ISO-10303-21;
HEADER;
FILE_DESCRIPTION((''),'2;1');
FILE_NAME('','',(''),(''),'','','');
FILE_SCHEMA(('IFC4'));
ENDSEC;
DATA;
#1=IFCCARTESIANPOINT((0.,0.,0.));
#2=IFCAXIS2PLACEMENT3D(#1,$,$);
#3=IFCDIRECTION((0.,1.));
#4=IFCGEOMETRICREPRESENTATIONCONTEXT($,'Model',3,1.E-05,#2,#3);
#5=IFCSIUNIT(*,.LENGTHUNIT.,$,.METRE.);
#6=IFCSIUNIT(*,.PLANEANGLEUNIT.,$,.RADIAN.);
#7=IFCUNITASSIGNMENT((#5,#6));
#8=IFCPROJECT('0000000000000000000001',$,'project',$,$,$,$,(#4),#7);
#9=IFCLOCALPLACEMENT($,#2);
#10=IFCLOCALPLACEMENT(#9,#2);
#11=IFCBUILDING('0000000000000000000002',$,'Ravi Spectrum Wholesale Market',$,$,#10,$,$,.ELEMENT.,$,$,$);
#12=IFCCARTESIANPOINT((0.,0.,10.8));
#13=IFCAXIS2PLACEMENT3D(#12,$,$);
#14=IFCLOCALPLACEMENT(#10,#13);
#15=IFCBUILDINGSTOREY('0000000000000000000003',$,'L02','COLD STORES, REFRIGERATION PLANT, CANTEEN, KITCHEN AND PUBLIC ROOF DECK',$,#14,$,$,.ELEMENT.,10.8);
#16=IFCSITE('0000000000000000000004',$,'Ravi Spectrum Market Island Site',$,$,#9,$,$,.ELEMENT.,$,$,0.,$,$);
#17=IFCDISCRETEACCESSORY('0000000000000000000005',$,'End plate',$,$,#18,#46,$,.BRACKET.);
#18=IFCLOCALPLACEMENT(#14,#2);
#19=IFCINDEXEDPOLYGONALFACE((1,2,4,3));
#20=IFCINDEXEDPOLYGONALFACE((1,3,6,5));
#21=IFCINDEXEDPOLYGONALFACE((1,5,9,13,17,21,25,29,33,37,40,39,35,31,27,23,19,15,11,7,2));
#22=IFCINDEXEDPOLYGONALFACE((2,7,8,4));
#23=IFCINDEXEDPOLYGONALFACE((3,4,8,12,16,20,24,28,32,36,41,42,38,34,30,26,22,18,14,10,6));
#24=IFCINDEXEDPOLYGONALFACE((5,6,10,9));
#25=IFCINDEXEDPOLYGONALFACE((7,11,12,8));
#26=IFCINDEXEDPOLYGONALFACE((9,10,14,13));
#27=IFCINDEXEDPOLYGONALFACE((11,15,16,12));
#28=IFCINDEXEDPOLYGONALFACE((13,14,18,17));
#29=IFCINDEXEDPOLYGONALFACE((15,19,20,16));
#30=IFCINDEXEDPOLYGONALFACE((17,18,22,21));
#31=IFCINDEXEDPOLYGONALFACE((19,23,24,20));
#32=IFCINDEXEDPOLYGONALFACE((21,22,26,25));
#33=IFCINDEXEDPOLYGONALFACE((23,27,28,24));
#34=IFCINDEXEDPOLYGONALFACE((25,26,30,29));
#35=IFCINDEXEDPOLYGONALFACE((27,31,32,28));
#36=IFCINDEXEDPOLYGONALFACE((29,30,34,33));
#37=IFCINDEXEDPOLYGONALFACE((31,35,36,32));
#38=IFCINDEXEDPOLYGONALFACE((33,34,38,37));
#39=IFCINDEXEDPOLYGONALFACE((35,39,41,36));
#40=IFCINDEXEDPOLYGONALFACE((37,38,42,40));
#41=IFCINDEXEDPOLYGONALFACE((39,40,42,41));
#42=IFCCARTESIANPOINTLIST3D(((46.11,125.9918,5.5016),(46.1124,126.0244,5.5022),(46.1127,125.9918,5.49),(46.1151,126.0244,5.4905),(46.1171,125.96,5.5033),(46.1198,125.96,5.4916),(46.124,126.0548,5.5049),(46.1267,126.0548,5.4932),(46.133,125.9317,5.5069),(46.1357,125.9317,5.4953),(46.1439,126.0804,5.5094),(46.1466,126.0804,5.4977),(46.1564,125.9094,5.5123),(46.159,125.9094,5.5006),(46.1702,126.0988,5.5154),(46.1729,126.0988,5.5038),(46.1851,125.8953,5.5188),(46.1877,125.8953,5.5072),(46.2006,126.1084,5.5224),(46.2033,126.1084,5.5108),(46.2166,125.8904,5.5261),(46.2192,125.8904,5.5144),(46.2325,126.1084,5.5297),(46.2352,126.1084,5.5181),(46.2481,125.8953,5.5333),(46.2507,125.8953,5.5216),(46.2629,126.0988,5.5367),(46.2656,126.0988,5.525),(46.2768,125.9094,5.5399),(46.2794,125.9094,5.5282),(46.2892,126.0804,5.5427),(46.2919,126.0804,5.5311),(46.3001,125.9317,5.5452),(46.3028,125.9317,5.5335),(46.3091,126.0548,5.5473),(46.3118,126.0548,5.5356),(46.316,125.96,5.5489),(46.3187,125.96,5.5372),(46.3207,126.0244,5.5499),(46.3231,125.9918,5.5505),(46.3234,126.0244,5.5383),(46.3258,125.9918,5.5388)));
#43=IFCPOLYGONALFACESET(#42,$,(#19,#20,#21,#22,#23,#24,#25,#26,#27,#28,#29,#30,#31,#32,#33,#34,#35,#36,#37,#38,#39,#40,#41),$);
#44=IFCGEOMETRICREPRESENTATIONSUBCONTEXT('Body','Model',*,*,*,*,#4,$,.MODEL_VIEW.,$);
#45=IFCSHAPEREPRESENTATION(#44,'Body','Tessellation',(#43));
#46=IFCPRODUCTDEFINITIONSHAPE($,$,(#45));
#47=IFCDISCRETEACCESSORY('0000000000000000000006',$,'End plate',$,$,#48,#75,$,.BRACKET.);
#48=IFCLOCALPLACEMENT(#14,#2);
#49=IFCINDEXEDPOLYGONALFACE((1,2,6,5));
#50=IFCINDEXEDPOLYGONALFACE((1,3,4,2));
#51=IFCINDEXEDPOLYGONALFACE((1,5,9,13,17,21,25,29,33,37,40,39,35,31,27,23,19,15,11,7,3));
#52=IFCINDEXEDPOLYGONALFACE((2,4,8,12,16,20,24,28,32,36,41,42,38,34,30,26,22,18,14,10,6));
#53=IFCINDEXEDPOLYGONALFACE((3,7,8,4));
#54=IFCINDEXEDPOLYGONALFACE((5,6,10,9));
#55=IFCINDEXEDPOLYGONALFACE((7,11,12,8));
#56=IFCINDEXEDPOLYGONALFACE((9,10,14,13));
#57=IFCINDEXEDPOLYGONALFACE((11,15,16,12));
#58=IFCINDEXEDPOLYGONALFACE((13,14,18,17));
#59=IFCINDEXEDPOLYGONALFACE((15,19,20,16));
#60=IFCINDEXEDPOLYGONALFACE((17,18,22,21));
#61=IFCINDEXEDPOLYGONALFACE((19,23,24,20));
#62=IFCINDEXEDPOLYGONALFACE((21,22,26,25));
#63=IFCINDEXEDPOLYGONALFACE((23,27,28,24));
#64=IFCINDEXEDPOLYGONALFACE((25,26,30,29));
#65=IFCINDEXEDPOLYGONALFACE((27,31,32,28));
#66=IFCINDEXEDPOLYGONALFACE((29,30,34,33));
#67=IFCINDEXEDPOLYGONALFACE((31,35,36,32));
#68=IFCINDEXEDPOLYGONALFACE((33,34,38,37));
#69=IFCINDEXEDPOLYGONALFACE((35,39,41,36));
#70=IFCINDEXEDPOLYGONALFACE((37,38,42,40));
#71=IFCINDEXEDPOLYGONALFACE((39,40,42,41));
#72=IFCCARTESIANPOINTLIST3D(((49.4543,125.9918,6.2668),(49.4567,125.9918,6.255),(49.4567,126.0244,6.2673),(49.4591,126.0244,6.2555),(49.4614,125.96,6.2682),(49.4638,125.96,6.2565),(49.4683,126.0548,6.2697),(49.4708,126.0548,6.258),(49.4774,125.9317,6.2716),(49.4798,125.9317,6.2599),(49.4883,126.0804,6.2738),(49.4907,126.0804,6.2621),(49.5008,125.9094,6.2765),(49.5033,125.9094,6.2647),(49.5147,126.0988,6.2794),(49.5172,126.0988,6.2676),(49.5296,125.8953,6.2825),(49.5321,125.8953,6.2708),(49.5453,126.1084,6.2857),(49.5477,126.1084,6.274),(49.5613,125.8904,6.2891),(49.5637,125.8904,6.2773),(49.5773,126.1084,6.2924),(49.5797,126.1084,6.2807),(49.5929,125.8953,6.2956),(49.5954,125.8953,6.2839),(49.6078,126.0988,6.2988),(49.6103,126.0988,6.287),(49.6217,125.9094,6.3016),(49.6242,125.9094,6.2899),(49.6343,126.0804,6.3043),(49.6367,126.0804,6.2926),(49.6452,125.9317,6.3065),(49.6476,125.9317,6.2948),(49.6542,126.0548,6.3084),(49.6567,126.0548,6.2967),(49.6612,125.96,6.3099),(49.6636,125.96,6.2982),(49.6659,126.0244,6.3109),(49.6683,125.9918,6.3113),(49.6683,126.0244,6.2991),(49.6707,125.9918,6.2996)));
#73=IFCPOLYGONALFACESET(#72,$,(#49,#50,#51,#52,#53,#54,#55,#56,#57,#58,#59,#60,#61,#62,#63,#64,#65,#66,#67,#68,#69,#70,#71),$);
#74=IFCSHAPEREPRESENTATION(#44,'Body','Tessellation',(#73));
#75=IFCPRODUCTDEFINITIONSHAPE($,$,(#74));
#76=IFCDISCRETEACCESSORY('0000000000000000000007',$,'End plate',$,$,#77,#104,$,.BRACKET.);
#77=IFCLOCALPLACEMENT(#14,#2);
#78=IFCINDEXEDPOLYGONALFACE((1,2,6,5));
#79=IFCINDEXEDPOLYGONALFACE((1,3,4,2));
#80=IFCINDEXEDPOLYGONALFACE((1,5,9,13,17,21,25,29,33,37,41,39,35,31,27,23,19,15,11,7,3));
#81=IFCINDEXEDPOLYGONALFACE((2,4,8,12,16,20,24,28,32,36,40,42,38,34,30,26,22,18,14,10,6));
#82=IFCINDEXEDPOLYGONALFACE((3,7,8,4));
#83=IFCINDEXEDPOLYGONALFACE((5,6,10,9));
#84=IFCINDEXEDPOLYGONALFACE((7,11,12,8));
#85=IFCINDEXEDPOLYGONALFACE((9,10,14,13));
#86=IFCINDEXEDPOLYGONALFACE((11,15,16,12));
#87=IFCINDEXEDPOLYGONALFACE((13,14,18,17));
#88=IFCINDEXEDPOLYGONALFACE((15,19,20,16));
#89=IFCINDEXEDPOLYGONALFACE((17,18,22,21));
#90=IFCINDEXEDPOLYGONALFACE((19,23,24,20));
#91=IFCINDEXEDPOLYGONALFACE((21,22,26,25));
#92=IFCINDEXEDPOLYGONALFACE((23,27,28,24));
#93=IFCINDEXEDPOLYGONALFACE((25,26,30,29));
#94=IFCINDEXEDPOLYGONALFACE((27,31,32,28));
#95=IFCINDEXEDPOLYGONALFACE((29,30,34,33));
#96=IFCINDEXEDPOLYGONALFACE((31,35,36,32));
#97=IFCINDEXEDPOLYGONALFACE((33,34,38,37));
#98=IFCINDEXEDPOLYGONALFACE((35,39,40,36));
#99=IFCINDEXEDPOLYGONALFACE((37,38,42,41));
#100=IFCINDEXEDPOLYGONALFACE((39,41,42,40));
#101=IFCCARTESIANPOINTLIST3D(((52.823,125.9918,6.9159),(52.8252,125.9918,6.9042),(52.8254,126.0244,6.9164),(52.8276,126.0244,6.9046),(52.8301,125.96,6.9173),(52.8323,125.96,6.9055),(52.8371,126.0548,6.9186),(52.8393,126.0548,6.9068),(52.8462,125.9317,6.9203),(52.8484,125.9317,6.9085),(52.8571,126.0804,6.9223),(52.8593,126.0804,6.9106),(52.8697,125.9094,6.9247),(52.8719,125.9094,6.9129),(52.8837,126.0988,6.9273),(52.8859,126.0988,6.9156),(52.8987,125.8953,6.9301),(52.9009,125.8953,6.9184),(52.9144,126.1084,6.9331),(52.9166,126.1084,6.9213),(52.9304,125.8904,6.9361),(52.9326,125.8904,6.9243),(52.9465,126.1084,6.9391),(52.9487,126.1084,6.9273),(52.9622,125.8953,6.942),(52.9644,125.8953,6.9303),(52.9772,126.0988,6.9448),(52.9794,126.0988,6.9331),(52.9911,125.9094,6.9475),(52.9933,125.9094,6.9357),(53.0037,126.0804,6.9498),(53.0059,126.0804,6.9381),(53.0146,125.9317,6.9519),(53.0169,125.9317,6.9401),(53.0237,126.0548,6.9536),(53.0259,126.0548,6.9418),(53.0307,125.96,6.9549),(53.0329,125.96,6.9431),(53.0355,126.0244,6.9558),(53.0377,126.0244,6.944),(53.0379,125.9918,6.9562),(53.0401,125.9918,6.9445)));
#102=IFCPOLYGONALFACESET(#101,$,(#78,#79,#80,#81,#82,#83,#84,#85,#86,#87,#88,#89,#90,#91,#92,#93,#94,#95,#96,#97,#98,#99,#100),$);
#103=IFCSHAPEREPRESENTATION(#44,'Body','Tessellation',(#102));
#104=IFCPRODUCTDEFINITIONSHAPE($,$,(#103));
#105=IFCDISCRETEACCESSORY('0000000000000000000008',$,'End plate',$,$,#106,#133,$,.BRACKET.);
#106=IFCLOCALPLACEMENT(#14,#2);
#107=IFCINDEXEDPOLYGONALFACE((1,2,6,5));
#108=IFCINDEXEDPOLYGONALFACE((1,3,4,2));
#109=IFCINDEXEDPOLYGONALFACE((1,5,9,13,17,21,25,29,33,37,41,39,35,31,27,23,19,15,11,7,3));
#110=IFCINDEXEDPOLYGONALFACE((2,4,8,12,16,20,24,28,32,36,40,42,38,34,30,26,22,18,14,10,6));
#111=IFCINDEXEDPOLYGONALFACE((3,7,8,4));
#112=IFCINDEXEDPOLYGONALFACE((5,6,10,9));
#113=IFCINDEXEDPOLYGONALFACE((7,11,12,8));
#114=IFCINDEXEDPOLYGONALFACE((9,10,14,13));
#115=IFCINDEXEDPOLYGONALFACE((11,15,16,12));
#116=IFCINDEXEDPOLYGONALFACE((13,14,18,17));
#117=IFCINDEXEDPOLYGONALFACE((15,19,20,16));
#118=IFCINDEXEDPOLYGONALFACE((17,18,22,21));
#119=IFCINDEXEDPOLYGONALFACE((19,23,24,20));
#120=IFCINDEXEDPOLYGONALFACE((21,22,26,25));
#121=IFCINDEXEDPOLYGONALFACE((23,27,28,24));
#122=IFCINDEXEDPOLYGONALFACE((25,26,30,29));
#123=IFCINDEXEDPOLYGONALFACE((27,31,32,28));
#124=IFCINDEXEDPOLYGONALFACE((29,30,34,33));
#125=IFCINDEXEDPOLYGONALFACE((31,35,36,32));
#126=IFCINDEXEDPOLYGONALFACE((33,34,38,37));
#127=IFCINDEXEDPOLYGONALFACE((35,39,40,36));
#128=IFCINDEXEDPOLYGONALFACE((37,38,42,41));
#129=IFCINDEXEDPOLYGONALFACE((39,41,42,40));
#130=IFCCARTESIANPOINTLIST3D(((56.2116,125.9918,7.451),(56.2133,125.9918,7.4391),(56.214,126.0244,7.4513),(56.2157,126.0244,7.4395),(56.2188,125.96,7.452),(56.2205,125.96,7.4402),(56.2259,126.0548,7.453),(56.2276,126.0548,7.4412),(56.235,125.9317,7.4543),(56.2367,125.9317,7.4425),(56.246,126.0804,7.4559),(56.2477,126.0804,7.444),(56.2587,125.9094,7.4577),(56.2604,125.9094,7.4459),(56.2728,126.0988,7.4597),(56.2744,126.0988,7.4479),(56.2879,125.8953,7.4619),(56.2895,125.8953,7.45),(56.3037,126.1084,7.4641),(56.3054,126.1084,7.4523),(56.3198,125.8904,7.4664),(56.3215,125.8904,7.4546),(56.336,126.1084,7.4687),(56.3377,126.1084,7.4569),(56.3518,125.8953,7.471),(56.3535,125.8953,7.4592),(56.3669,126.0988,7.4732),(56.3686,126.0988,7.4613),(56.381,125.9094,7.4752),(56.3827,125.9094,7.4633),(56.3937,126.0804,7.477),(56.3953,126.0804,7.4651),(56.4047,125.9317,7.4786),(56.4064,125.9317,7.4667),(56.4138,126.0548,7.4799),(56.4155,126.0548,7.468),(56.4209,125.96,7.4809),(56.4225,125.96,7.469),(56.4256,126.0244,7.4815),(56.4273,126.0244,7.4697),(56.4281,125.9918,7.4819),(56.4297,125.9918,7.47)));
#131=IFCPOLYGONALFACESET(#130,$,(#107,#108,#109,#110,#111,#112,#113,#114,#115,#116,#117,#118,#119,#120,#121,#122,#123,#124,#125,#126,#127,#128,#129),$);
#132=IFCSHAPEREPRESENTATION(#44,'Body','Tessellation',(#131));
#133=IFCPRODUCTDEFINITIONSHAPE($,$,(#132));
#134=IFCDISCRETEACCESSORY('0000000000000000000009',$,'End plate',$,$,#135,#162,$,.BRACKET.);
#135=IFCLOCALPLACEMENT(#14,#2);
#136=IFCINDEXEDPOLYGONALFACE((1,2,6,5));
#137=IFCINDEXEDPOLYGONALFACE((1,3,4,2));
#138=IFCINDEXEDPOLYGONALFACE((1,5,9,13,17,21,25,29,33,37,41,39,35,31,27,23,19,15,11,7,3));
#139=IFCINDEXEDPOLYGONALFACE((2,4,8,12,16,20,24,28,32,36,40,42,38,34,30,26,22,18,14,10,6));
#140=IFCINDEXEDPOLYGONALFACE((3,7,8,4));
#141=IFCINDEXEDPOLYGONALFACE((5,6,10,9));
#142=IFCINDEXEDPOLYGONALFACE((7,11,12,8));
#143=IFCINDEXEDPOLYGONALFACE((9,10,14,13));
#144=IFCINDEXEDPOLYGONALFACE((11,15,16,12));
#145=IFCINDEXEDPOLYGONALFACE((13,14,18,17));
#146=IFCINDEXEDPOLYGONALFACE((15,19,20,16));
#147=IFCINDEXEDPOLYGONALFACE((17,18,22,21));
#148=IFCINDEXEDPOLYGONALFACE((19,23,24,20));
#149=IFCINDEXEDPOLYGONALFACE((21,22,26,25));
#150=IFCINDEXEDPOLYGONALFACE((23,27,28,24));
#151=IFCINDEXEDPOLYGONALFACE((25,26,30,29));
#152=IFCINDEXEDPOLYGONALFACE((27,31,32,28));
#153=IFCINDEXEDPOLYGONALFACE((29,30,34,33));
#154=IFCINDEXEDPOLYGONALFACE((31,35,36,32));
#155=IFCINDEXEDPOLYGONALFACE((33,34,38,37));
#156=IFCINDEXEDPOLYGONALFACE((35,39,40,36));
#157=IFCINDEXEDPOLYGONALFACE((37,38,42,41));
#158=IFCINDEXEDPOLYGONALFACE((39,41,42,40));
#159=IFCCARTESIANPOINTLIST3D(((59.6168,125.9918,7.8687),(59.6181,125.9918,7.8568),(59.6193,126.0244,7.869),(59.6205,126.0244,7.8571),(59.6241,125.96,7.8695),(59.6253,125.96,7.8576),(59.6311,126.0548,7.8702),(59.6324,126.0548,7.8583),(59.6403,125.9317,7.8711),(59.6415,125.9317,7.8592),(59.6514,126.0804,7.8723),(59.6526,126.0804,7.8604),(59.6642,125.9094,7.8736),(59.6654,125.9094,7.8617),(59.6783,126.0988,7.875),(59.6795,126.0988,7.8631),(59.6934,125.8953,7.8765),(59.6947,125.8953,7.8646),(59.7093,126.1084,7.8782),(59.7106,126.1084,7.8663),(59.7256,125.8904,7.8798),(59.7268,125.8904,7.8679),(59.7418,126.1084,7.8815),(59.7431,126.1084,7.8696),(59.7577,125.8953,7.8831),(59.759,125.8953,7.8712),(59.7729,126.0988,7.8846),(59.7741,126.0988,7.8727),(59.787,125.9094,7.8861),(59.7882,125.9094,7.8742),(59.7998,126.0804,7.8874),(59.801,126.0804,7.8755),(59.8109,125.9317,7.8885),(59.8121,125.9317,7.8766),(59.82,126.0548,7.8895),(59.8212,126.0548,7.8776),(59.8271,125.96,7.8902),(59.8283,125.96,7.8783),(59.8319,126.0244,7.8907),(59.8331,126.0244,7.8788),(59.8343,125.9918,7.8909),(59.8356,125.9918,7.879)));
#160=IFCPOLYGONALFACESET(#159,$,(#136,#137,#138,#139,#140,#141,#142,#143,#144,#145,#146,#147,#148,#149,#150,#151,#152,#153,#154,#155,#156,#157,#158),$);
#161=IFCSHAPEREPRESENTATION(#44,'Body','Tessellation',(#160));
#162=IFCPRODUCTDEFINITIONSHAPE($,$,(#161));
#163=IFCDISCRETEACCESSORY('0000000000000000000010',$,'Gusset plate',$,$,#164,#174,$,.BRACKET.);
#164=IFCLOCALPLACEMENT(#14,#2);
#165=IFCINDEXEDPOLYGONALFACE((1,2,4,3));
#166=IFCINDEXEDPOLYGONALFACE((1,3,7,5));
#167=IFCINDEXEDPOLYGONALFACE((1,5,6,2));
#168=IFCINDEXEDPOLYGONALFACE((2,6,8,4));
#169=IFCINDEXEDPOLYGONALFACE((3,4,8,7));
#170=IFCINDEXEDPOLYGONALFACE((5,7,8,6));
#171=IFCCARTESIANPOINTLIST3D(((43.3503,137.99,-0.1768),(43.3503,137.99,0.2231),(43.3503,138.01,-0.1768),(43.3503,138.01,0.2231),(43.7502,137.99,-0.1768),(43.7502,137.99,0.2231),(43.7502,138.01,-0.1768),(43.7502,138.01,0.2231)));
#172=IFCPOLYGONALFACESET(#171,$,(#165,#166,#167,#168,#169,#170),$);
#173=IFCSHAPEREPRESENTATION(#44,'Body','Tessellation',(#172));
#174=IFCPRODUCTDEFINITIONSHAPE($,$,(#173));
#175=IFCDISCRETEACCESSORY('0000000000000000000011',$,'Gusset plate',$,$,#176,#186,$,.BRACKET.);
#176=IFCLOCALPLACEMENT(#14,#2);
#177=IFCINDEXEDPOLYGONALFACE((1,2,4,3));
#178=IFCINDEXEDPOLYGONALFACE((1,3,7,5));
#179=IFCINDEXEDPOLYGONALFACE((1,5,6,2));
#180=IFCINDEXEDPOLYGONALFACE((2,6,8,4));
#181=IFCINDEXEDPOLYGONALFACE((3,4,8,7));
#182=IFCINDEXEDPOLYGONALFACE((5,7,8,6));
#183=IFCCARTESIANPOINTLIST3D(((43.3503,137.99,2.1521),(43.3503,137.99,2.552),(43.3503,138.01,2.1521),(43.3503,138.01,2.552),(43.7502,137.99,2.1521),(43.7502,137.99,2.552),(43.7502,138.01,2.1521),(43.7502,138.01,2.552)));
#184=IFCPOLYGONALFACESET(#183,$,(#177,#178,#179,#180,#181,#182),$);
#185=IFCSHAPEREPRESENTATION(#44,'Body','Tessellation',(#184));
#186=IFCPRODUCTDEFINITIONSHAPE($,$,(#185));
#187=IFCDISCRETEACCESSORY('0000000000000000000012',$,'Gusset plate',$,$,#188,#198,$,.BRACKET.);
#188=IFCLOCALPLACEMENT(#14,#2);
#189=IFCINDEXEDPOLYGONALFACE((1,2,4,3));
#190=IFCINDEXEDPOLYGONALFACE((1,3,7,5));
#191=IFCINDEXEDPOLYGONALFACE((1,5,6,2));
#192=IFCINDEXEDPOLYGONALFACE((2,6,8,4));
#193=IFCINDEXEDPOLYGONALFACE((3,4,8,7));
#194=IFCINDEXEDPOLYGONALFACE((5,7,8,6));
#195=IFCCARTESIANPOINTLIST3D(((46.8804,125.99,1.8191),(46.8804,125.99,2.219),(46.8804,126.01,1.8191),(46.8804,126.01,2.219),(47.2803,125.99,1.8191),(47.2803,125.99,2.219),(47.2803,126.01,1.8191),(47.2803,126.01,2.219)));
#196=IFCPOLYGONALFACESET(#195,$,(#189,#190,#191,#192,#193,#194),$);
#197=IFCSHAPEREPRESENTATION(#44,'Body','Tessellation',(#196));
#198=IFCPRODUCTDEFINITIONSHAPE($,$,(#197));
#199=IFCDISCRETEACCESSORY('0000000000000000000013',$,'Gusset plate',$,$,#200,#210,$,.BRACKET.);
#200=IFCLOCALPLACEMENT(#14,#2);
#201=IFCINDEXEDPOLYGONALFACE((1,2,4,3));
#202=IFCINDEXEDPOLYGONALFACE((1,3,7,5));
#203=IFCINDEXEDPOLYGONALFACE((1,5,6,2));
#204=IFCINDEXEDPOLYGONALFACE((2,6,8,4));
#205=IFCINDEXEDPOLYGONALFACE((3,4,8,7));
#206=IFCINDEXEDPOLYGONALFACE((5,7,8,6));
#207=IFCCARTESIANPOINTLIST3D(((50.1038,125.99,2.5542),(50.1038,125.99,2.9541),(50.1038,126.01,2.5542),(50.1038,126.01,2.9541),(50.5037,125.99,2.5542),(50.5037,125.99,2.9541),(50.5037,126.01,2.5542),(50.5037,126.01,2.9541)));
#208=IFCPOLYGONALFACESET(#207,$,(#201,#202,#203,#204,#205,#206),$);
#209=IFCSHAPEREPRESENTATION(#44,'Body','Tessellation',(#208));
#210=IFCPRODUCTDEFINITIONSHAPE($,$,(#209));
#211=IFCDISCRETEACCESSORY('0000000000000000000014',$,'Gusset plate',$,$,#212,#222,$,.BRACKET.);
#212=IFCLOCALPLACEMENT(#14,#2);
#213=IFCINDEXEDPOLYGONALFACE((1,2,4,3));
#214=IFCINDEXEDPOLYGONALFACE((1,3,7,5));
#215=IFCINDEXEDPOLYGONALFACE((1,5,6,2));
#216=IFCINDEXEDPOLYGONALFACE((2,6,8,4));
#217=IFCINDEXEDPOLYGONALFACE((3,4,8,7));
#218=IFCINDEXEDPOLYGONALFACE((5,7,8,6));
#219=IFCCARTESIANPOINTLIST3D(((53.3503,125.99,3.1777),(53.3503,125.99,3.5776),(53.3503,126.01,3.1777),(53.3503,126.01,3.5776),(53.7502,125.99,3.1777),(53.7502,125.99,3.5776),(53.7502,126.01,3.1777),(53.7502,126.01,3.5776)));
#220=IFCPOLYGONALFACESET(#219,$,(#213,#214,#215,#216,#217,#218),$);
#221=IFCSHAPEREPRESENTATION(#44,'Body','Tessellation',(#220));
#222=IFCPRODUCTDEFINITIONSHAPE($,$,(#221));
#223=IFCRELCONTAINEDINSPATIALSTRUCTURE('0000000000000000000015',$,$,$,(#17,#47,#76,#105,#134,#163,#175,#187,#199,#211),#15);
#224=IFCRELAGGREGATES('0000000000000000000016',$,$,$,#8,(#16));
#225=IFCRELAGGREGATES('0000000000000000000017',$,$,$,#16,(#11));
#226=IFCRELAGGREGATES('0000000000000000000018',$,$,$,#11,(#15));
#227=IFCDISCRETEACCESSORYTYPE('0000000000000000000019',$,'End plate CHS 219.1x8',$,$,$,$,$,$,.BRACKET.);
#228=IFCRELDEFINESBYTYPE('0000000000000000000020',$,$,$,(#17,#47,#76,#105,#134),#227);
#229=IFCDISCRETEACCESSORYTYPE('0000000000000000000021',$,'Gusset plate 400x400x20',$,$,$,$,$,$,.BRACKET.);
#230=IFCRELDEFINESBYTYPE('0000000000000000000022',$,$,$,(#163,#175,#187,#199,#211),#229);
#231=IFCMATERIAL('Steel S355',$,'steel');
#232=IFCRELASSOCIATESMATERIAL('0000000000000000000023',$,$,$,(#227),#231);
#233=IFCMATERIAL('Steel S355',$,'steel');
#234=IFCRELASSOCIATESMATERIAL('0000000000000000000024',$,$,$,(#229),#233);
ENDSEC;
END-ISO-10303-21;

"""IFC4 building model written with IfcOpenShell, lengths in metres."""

from ifc_helpers import new_model, si_unit, direction, frame, origin, origin_2d, place, context, subcontext, project, spatial, rectangle, circle, extrude, material, material_profile, profile_set, type_object, element, save


model = new_model("IFC4")

# Units and contexts
model_context = context("Model", 3, precision=1e-05, world=origin(), true_north=direction((0.0, 1.0)))
body_context = subcontext(model_context, "Body", "Model", "MODEL_VIEW")
ifc_project = project(units=[si_unit("LENGTHUNIT", "METRE"), si_unit("PLANEANGLEUNIT", "RADIAN")], contexts=[model_context])

# Site, building, storey
site_placement = place(None, origin())
site = spatial("IfcSite", under=ifc_project, at=site_placement, Name="Ravi Spectrum Market Island Site", CompositionType="ELEMENT", RefElevation=0.0)
building_placement = place(site_placement, origin())
building = spatial("IfcBuilding", under=site, at=building_placement, Name="Ravi Spectrum Wholesale Market", CompositionType="ELEMENT")
storey_placement = place(building_placement, frame((0.0, 0.0, 10.8)))
storey = spatial("IfcBuildingStorey", under=building, at=storey_placement, Name="L02", Description="COLD STORES, REFRIGERATION PLANT, CANTEEN, KITCHEN AND PUBLIC ROOF DECK", CompositionType="ELEMENT", Elevation=10.8)

# Discrete accessories
ifc_material_1 = material(Name="Steel S355", Category="steel")
ifc_material_profile_1 = material_profile(ifc_material_1, circle(Radius=0.1096, at=origin_2d()))
ifc_profile_set_1 = profile_set([ifc_material_profile_1], Name="Steel S355")
discrete_accessory_type_1 = type_object("IfcDiscreteAccessoryType", Name="End plate CHS 219.1x8", PredefinedType="BRACKET", material=ifc_profile_set_1)
for number, where, z_axis, x_axis, name in (
    (1, (46.2192, 126.0, 5.5144), (-0.223376, 0.0, 0.974732), (0.0, -1.0, 0.0), "End plate"),
    (2, (49.5637, 126.0, 6.2773), (-0.203954, 0.0, 0.97898), (0.0, -1.0, 0.0), "End plate"),
    (3, (52.9326, 126.0, 6.9243), (-0.184289, 0.0, 0.982872), (0.0, -1.0, 0.0), "End plate"),
    (4, (56.3215, 126.0, 7.4546), (-0.141421, 0.0, 0.989949), (0.0, -1.0, 0.0), "End plate"),
    (5, (59.7268, 126.0, 7.8679), (-0.101514, 0.0, 0.994834), (0.0, -1.0, 0.0), "End plate"),
):
    element("IfcDiscreteAccessory", number, at=place(storey_placement, frame(where, z_axis=z_axis, x_axis=x_axis)), inside=storey, type_object=discrete_accessory_type_1, Name=name, PredefinedType="BRACKET", context=body_context, shape_type="SweptSolid", body=[
        extrude(circle(Radius=0.1096, at=origin_2d()), origin(), (0.0, 0.0, 1.0), 0.012),
    ])
ifc_material_2 = material(Name="Steel S355", Category="steel")
ifc_material_profile_2 = material_profile(ifc_material_2, rectangle(XDim=0.3999, YDim=0.02, at=origin_2d()))
ifc_profile_set_2 = profile_set([ifc_material_profile_2], Name="Steel S355")
discrete_accessory_type_2 = type_object("IfcDiscreteAccessoryType", Name="Gusset plate 400x400x20", PredefinedType="BRACKET", material=ifc_profile_set_2)
for number, where, z_axis, x_axis, name in (
    (6, (43.5503, 138.0, -0.1768), (0.0, 0.0, 1.0), (1.0, 0.0, 0.0), "Gusset plate"),
    (7, (43.5503, 138.0, 2.1521), (0.0, 0.0, 1.0), (1.0, 0.0, 0.0), "Gusset plate"),
    (8, (47.0803, 126.0, 1.8191), (0.0, 0.0, 1.0), (1.0, 0.0, 0.0), "Gusset plate"),
    (9, (50.3037, 126.0, 2.5542), (0.0, 0.0, 1.0), (1.0, 0.0, 0.0), "Gusset plate"),
    (10, (53.5503, 126.0, 3.1777), (0.0, 0.0, 1.0), (1.0, 0.0, 0.0), "Gusset plate"),
):
    element("IfcDiscreteAccessory", number, at=place(storey_placement, frame(where, z_axis=z_axis, x_axis=x_axis)), inside=storey, type_object=discrete_accessory_type_2, Name=name, PredefinedType="BRACKET", context=body_context, shape_type="SweptSolid", body=[
        extrude(rectangle(XDim=0.3999, YDim=0.02, at=origin_2d()), origin(), (0.0, 0.0, 1.0), 0.3999),
    ])

save(model, "model.ifc")
